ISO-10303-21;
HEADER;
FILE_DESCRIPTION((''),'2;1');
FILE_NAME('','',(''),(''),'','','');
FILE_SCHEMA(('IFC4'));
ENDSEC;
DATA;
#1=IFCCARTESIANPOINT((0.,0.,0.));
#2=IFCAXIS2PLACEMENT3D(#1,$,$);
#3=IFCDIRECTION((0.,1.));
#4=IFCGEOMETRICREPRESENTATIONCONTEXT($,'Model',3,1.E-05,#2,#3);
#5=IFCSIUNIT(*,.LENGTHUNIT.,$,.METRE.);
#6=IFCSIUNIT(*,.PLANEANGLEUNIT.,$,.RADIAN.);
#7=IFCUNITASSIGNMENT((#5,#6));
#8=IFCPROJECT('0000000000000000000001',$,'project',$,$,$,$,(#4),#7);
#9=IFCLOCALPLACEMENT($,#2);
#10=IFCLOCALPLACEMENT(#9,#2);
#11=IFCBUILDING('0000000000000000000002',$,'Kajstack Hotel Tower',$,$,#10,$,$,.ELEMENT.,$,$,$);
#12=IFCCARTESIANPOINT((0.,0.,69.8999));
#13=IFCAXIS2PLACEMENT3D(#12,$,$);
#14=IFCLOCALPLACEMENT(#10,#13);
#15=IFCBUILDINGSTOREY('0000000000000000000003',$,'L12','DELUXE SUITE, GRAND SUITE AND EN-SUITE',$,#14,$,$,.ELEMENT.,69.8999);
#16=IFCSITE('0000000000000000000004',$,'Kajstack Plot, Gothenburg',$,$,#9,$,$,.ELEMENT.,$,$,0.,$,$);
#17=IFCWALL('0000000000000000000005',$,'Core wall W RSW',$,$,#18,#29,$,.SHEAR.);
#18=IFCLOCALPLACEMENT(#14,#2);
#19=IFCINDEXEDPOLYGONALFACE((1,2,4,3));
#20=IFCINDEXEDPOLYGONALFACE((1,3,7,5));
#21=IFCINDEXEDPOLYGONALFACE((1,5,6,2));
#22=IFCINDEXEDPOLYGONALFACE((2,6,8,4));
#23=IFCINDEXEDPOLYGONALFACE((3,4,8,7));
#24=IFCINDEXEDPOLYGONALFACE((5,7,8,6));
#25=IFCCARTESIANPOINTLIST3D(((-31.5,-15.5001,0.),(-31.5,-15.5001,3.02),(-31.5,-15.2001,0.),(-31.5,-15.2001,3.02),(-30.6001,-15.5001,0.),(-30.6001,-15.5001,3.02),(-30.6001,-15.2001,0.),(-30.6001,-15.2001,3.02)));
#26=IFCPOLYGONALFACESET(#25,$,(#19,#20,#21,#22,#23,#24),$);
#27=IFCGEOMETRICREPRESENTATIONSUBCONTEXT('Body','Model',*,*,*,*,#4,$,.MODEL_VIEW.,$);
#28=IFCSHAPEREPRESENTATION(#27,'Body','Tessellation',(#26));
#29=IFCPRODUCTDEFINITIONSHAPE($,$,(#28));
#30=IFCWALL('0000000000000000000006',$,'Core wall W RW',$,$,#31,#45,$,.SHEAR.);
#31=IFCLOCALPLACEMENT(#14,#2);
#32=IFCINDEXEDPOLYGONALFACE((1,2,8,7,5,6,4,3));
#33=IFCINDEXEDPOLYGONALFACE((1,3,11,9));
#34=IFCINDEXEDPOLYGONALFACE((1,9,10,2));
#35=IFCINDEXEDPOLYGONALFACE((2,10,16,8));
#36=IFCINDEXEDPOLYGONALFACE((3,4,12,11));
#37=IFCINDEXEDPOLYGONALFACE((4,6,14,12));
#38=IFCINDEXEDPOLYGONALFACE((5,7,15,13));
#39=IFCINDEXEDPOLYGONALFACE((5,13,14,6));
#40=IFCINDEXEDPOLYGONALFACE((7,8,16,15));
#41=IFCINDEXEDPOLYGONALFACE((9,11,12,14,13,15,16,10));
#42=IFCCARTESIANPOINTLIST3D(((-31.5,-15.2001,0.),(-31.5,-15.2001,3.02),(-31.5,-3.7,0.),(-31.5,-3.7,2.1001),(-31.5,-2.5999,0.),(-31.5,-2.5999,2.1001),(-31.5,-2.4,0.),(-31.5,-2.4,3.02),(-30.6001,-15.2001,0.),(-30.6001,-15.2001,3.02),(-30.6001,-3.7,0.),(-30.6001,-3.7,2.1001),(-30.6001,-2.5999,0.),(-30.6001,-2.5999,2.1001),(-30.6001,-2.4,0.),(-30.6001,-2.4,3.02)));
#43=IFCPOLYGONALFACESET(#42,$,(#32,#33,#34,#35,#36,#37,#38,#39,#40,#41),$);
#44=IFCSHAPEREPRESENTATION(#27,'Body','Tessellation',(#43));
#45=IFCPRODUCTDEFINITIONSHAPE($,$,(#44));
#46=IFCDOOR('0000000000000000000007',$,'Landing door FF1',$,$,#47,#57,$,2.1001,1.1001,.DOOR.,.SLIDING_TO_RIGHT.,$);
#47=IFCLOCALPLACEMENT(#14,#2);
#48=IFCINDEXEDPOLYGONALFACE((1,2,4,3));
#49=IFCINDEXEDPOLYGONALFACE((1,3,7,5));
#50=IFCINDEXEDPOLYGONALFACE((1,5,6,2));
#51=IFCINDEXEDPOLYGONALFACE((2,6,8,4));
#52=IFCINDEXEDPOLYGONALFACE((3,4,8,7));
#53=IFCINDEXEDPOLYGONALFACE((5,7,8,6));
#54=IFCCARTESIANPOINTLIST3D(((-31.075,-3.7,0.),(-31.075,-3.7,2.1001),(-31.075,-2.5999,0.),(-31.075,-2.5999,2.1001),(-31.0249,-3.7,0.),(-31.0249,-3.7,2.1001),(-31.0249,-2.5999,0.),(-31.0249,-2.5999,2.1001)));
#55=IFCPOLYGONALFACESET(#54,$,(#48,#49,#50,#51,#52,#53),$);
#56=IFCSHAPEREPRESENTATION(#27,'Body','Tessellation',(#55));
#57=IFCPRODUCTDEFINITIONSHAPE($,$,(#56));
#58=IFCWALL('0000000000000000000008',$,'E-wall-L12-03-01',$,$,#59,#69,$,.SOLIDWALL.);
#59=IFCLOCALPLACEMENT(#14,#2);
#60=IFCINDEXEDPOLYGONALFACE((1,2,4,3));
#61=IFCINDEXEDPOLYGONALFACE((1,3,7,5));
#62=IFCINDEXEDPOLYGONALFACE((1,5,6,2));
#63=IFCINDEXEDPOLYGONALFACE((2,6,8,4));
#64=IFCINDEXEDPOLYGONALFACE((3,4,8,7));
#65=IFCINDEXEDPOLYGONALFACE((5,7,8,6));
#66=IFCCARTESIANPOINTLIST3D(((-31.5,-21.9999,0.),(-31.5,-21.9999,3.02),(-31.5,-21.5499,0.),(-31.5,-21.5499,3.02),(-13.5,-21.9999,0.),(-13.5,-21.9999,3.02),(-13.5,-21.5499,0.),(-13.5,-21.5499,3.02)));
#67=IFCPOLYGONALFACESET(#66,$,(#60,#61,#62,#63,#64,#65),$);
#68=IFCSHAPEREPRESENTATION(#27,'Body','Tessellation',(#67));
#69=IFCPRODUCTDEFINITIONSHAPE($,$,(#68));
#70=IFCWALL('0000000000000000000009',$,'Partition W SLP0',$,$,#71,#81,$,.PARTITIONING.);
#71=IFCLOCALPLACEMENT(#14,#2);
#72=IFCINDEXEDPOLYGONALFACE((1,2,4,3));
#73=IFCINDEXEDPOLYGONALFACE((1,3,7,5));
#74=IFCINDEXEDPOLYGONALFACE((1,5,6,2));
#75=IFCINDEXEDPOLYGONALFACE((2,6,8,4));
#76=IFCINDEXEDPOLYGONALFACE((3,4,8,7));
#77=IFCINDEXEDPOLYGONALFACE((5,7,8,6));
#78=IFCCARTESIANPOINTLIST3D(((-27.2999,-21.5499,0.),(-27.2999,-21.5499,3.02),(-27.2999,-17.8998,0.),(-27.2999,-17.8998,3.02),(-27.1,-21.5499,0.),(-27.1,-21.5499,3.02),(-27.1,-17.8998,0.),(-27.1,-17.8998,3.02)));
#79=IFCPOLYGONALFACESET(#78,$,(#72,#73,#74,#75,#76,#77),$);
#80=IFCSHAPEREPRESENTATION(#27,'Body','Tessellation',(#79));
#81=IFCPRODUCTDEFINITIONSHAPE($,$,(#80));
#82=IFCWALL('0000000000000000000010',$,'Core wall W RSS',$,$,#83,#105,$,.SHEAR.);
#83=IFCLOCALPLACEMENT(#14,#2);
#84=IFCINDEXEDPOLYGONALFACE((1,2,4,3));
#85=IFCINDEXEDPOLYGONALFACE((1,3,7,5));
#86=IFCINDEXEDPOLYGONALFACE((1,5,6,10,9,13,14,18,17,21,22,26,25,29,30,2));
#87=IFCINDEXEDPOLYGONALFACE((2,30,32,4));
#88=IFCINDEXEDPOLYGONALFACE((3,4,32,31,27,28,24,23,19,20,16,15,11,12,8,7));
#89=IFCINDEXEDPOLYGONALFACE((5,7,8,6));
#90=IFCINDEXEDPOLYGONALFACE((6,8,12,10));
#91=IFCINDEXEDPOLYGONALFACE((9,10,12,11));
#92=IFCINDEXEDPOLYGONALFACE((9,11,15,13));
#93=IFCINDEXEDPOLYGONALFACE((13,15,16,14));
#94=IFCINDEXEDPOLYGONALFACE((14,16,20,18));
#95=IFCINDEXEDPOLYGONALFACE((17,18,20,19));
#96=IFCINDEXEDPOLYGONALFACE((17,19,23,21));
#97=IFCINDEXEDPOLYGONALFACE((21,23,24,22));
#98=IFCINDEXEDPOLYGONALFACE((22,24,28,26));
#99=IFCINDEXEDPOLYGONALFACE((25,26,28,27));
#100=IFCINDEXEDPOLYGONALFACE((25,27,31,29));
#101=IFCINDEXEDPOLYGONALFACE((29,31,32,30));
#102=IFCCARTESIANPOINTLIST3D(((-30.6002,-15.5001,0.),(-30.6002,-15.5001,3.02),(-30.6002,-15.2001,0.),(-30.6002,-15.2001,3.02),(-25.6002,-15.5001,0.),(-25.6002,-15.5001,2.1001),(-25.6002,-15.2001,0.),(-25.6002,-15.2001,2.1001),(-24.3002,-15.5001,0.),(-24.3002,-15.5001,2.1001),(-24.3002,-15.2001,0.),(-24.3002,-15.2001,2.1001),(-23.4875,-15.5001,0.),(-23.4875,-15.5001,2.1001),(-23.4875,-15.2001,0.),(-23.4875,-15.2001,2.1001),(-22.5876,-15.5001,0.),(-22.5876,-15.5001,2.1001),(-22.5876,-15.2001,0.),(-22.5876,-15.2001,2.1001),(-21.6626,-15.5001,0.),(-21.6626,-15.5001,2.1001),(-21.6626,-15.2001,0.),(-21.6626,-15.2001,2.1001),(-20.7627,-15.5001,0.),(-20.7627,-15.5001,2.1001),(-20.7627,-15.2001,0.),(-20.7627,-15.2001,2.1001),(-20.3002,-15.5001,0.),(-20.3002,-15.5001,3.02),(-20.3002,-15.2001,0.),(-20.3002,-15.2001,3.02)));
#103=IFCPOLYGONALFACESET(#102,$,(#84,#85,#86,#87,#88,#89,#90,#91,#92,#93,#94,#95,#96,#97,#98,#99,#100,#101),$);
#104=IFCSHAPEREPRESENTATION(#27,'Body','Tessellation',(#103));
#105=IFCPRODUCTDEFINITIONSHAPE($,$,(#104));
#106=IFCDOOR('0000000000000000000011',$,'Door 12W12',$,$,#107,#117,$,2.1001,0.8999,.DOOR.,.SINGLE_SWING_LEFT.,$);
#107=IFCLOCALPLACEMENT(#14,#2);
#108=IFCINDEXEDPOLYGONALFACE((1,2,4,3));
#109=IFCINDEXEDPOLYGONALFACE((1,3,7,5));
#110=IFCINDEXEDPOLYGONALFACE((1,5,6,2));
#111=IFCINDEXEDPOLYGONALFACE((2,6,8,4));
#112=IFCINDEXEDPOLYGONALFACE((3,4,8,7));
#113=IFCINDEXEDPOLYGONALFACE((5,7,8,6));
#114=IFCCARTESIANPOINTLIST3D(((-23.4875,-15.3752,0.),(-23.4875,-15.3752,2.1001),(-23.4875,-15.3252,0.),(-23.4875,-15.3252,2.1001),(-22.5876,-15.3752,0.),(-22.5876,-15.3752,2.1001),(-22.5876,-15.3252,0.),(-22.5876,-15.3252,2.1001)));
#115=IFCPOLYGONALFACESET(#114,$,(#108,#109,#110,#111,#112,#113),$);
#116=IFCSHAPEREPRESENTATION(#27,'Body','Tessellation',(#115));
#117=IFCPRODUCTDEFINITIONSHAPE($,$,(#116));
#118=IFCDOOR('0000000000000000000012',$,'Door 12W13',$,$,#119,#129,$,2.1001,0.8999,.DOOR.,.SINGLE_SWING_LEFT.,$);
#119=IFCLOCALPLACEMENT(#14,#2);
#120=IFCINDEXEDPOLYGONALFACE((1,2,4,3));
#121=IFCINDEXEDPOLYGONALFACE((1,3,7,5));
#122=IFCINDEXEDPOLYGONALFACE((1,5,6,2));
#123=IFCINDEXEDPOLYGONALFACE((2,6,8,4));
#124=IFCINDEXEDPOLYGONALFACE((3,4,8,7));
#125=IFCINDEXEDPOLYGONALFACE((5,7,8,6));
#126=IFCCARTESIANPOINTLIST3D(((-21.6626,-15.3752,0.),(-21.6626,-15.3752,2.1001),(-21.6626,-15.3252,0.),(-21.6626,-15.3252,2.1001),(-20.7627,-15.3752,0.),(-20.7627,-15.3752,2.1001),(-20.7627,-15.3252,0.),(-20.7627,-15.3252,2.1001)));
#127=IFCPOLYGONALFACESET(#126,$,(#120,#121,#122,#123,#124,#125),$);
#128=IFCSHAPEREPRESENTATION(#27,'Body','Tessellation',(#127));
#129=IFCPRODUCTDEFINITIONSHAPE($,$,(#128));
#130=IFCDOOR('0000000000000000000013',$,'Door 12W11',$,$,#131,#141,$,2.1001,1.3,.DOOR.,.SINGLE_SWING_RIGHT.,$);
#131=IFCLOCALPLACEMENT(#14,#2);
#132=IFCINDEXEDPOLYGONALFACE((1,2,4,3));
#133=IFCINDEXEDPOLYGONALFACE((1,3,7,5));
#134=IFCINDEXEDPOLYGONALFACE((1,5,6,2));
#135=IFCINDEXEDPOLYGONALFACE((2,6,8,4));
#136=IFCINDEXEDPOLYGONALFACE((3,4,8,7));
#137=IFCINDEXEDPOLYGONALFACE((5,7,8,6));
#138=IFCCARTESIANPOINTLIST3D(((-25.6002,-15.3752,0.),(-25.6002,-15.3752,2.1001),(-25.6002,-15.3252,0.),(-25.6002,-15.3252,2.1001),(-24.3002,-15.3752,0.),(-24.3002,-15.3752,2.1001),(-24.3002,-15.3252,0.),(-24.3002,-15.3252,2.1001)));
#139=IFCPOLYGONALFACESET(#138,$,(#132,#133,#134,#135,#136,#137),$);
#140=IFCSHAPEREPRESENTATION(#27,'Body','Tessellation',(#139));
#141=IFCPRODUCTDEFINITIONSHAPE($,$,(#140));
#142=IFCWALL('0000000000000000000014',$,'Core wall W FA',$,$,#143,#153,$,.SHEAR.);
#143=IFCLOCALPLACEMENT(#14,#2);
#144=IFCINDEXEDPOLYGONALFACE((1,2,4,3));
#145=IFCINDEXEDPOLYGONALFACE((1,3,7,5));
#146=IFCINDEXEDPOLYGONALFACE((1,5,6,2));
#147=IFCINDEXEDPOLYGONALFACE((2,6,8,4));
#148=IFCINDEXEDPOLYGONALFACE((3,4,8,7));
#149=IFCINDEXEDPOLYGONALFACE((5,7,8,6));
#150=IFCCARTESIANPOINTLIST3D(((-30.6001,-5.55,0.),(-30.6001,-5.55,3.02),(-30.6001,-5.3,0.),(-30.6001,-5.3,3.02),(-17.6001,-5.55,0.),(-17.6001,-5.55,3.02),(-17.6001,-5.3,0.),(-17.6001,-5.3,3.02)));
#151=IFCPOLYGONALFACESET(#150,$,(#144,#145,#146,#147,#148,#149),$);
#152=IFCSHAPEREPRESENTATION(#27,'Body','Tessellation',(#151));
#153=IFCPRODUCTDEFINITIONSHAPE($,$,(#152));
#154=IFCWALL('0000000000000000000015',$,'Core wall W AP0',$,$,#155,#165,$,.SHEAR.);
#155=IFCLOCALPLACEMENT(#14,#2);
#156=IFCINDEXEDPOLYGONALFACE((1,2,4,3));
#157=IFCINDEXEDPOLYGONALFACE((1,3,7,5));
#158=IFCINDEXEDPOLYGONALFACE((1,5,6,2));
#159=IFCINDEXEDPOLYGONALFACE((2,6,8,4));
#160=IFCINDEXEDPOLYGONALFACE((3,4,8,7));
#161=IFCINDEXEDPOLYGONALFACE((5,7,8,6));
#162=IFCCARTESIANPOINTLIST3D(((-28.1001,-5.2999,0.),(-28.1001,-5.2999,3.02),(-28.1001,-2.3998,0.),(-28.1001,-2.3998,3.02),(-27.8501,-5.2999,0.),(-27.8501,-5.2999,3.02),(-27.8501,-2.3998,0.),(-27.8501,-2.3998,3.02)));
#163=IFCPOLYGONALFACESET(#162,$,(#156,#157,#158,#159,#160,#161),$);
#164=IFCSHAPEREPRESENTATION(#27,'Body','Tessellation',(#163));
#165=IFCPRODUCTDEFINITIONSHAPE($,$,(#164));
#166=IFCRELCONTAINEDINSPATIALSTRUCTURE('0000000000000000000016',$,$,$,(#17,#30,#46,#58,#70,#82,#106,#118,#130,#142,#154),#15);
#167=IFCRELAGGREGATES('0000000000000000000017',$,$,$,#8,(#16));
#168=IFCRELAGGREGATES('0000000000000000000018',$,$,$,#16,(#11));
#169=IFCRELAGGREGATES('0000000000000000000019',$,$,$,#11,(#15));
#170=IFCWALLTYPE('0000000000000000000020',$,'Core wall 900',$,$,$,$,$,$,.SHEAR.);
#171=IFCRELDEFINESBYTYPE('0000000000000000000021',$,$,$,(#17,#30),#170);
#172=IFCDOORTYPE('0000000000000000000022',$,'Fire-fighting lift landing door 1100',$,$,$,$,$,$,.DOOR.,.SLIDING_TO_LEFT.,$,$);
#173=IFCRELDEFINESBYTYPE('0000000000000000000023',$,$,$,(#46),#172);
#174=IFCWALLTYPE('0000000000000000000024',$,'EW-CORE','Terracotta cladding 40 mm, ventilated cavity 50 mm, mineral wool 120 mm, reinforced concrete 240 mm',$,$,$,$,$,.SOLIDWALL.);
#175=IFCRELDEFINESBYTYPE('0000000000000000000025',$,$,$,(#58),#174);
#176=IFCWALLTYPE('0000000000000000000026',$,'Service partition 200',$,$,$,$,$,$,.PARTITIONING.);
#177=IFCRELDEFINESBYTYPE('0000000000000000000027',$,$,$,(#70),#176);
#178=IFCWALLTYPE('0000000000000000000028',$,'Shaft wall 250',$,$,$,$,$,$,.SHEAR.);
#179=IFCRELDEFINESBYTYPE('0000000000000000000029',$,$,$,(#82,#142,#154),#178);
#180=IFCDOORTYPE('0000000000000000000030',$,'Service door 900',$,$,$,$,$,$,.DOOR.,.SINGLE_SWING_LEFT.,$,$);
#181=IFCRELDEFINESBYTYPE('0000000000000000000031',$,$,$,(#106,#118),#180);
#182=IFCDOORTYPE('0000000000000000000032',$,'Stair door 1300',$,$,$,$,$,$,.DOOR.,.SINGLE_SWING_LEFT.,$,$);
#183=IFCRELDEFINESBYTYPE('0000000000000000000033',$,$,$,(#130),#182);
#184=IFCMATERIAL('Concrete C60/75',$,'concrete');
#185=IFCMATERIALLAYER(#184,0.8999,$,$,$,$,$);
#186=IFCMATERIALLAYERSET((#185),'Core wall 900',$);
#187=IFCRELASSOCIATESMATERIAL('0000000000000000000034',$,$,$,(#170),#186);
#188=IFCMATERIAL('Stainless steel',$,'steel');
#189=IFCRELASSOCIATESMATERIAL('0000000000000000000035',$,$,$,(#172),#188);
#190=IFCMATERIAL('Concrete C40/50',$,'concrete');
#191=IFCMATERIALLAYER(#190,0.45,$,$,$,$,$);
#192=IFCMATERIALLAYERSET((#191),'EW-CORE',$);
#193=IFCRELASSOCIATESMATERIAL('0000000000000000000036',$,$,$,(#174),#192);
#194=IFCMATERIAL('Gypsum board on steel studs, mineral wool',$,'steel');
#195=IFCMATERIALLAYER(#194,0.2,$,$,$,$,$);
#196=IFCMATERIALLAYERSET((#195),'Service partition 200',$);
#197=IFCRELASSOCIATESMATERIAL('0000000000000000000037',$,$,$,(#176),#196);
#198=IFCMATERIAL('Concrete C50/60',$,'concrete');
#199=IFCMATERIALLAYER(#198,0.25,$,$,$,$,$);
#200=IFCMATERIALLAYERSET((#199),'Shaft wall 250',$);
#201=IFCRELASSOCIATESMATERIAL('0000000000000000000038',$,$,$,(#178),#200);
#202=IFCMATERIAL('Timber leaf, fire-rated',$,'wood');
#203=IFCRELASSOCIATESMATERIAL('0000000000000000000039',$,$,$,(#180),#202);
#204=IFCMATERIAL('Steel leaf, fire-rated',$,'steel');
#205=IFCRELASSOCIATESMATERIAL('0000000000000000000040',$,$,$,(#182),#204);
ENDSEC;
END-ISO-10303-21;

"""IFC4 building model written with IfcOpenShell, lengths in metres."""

from ifc_helpers import new_model, si_unit, direction, frame, frame_2d, origin, place, context, subcontext, project, spatial, rectangle, extrude, material, layer, layer_set, type_object, element, fill, save


model = new_model("IFC4")

# Units and contexts
model_context = context("Model", 3, precision=1e-05, world=origin(), true_north=direction((0.0, 1.0)))
body_context = subcontext(model_context, "Body", "Model", "MODEL_VIEW")
ifc_project = project(units=[si_unit("LENGTHUNIT", "METRE"), si_unit("PLANEANGLEUNIT", "RADIAN")], contexts=[model_context])

# Site, building, storey
site_placement = place(None, origin())
site = spatial("IfcSite", under=ifc_project, at=site_placement, Name="Kajstack Plot, Gothenburg", CompositionType="ELEMENT", RefElevation=0.0)
building_placement = place(site_placement, origin())
building = spatial("IfcBuilding", under=site, at=building_placement, Name="Kajstack Hotel Tower", CompositionType="ELEMENT")
storey_placement = place(building_placement, frame((0.0, 0.0, 69.8999)))
storey = spatial("IfcBuildingStorey", under=building, at=storey_placement, Name="L12", Description="DELUXE SUITE, GRAND SUITE AND EN-SUITE", CompositionType="ELEMENT", Elevation=69.8999)

# Wall
ifc_material_1 = material(Name="Concrete C60/75", Category="concrete")
ifc_layer_1 = layer(ifc_material_1, 0.8999)
ifc_layer_set_1 = layer_set([ifc_layer_1], Name="Core wall 900")
wall_type_1 = type_object("IfcWallType", Name="Core wall 900", PredefinedType="SHEAR", material=ifc_layer_set_1)
wall_1_placement = place(storey_placement, frame((-31.5, -15.3501, 0.0), z_axis=(0.0, 0.0, 1.0), x_axis=(1.0, 0.0, 0.0)))
element("IfcWall", 1, at=wall_1_placement, inside=storey, type_object=wall_type_1, Name="Core wall W RSW", PredefinedType="SHEAR", context=body_context, shape_type="SweptSolid", body=[
    extrude(rectangle(XDim=0.8999, YDim=0.3, at=frame_2d((0.45, 0.0))), origin(), (0.0, 0.0, 1.0), 3.02),
])

# Wall, opening, door
wall_2_placement = place(storey_placement, frame((-31.05, -15.2, 0.0), z_axis=(0.0, 0.0, 1.0), x_axis=(0.0, 1.0, 0.0)))
wall_2 = element("IfcWall", 2, at=wall_2_placement, inside=storey, type_object=wall_type_1, Name="Core wall W RW", PredefinedType="SHEAR", context=body_context, shape_type="SweptSolid", body=[
    extrude(rectangle(XDim=12.8, YDim=0.8999, at=frame_2d((6.3999, 0.0))), origin(), (0.0, 0.0, 1.0), 3.02),
])
opening_1_placement = place(wall_2_placement, frame((11.5, 0.0, 0.0)))
opening_1 = element("IfcOpeningElement", 3, at=opening_1_placement, cuts=wall_2, PredefinedType="OPENING", context=body_context, shape_type="SweptSolid", body=[
    extrude(rectangle(XDim=1.1001, YDim=2.1001, at=frame_2d((0.55, 1.05))), frame((0.0, 0.46, 0.0), z_axis=(0.0, -1.0, 0.0), x_axis=(1.0, 0.0, 0.0)), (0.0, 0.0, 1.0), 0.9199),
])
ifc_material_2 = material(Name="Stainless steel", Category="steel")
door_type_1 = type_object("IfcDoorType", Name="Fire-fighting lift landing door 1100", OperationType="SLIDING_TO_LEFT", PredefinedType="DOOR", material=ifc_material_2)
door_1_placement = place(opening_1_placement, origin())
door_1 = element("IfcDoor", 4, at=door_1_placement, inside=storey, type_object=door_type_1, Name="Landing door FF1", OperationType="SLIDING_TO_RIGHT", OverallHeight=2.1001, OverallWidth=1.1001, PredefinedType="DOOR", context=body_context, shape_type="SweptSolid", body=[
    extrude(rectangle(XDim=1.1001, YDim=2.1001, at=frame_2d((0.55, 1.05))), frame((0.0, 0.0249, 0.0), z_axis=(0.0, -1.0, 0.0), x_axis=(1.0, 0.0, 0.0)), (0.0, 0.0, 1.0), 0.05),
])
fill(opening_1, door_1)

# Walls
ifc_material_3 = material(Name="Concrete C40/50", Category="concrete")
ifc_layer_2 = layer(ifc_material_3, 0.45)
ifc_layer_set_2 = layer_set([ifc_layer_2], Name="EW-CORE")
wall_type_2 = type_object("IfcWallType", Name="EW-CORE", Description="Terracotta cladding 40 mm, ventilated cavity 50 mm, mineral wool 120 mm, reinforced concrete 240 mm", PredefinedType="SOLIDWALL", material=ifc_layer_set_2)
wall_3_placement = place(storey_placement, frame((-31.5, -21.7749, 0.0), z_axis=(0.0, 0.0, 1.0), x_axis=(1.0, 0.0, 0.0)))
element("IfcWall", 5, at=wall_3_placement, inside=storey, type_object=wall_type_2, Name="E-wall-L12-03-01", PredefinedType="SOLIDWALL", context=body_context, shape_type="SweptSolid", body=[
    extrude(rectangle(XDim=18.0, YDim=0.45, at=frame_2d((9.0, 0.0))), origin(), (0.0, 0.0, 1.0), 3.02),
])
ifc_material_4 = material(Name="Gypsum board on steel studs, mineral wool", Category="steel")
ifc_layer_3 = layer(ifc_material_4, 0.2)
ifc_layer_set_3 = layer_set([ifc_layer_3], Name="Service partition 200")
wall_type_3 = type_object("IfcWallType", Name="Service partition 200", PredefinedType="PARTITIONING", material=ifc_layer_set_3)
wall_4_placement = place(storey_placement, frame((-27.2, -21.55, 0.0), z_axis=(0.0, 0.0, 1.0), x_axis=(0.0, 1.0, 0.0)))
element("IfcWall", 6, at=wall_4_placement, inside=storey, type_object=wall_type_3, Name="Partition W SLP0", PredefinedType="PARTITIONING", context=body_context, shape_type="SweptSolid", body=[
    extrude(rectangle(XDim=3.6501, YDim=0.2, at=frame_2d((1.8252, 0.0))), origin(), (0.0, 0.0, 1.0), 3.02),
])

# Wall, openings, doors
ifc_material_5 = material(Name="Concrete C50/60", Category="concrete")
ifc_layer_4 = layer(ifc_material_5, 0.25)
ifc_layer_set_4 = layer_set([ifc_layer_4], Name="Shaft wall 250")
wall_type_4 = type_object("IfcWallType", Name="Shaft wall 250", PredefinedType="SHEAR", material=ifc_layer_set_4)
wall_5_placement = place(storey_placement, frame((-30.6001, -15.3501, 0.0), z_axis=(0.0, 0.0, 1.0), x_axis=(1.0, 0.0, 0.0)))
wall_5 = element("IfcWall", 7, at=wall_5_placement, inside=storey, type_object=wall_type_4, Name="Core wall W RSS", PredefinedType="SHEAR", context=body_context, shape_type="SweptSolid", body=[
    extrude(rectangle(XDim=10.3, YDim=0.3, at=frame_2d((5.1499, 0.0))), origin(), (0.0, 0.0, 1.0), 3.02),
])
opening_2_placement = place(wall_5_placement, frame((5.0, 0.0, 0.0)))
opening_2 = element("IfcOpeningElement", 8, at=opening_2_placement, cuts=wall_5, PredefinedType="OPENING", context=body_context, shape_type="SweptSolid", body=[
    extrude(rectangle(XDim=1.3, YDim=2.1001, at=frame_2d((0.6499, 1.05))), frame((0.0, 0.1599, 0.0), z_axis=(0.0, -1.0, 0.0), x_axis=(1.0, 0.0, 0.0)), (0.0, 0.0, 1.0), 0.3201),
])
opening_3_placement = place(wall_5_placement, frame((7.1125, 0.0, 0.0)))
opening_3 = element("IfcOpeningElement", 9, at=opening_3_placement, cuts=wall_5, PredefinedType="OPENING", context=body_context, shape_type="SweptSolid", body=[
    extrude(rectangle(XDim=0.8999, YDim=2.1001, at=frame_2d((0.45, 1.05))), frame((0.0, 0.1599, 0.0), z_axis=(0.0, -1.0, 0.0), x_axis=(1.0, 0.0, 0.0)), (0.0, 0.0, 1.0), 0.3201),
])
opening_4_placement = place(wall_5_placement, frame((8.9375, 0.0, 0.0)))
opening_4 = element("IfcOpeningElement", 10, at=opening_4_placement, cuts=wall_5, PredefinedType="OPENING", context=body_context, shape_type="SweptSolid", body=[
    extrude(rectangle(XDim=0.8999, YDim=2.1001, at=frame_2d((0.45, 1.05))), frame((0.0, 0.1599, 0.0), z_axis=(0.0, -1.0, 0.0), x_axis=(1.0, 0.0, 0.0)), (0.0, 0.0, 1.0), 0.3201),
])
ifc_material_6 = material(Name="Timber leaf, fire-rated", Category="wood")
door_type_2 = type_object("IfcDoorType", Name="Service door 900", OperationType="SINGLE_SWING_LEFT", PredefinedType="DOOR", material=ifc_material_6)
door_2_placement = place(opening_3_placement, origin())
door_2 = element("IfcDoor", 11, at=door_2_placement, inside=storey, type_object=door_type_2, Name="Door 12W12", OperationType="SINGLE_SWING_LEFT", OverallHeight=2.1001, OverallWidth=0.8999, PredefinedType="DOOR", context=body_context, shape_type="SweptSolid", body=[
    extrude(rectangle(XDim=0.8999, YDim=2.1001, at=frame_2d((0.45, 1.05))), frame((0.0, 0.0249, 0.0), z_axis=(0.0, -1.0, 0.0), x_axis=(1.0, 0.0, 0.0)), (0.0, 0.0, 1.0), 0.05),
])
fill(opening_3, door_2)
door_3_placement = place(opening_4_placement, origin())
door_3 = element("IfcDoor", 12, at=door_3_placement, inside=storey, type_object=door_type_2, Name="Door 12W13", OperationType="SINGLE_SWING_LEFT", OverallHeight=2.1001, OverallWidth=0.8999, PredefinedType="DOOR", context=body_context, shape_type="SweptSolid", body=[
    extrude(rectangle(XDim=0.8999, YDim=2.1001, at=frame_2d((0.45, 1.05))), frame((0.0, 0.0249, 0.0), z_axis=(0.0, -1.0, 0.0), x_axis=(1.0, 0.0, 0.0)), (0.0, 0.0, 1.0), 0.05),
])
fill(opening_4, door_3)
ifc_material_7 = material(Name="Steel leaf, fire-rated", Category="steel")
door_type_3 = type_object("IfcDoorType", Name="Stair door 1300", OperationType="SINGLE_SWING_LEFT", PredefinedType="DOOR", material=ifc_material_7)
door_4_placement = place(opening_2_placement, origin())
door_4 = element("IfcDoor", 13, at=door_4_placement, inside=storey, type_object=door_type_3, Name="Door 12W11", OperationType="SINGLE_SWING_RIGHT", OverallHeight=2.1001, OverallWidth=1.3, PredefinedType="DOOR", context=body_context, shape_type="SweptSolid", body=[
    extrude(rectangle(XDim=1.3, YDim=2.1001, at=frame_2d((0.6499, 1.05))), frame((0.0, 0.0249, 0.0), z_axis=(0.0, -1.0, 0.0), x_axis=(1.0, 0.0, 0.0)), (0.0, 0.0, 1.0), 0.05),
])
fill(opening_2, door_4)

# Walls
wall_6_placement = place(storey_placement, frame((-30.6001, -5.425, 0.0), z_axis=(0.0, 0.0, 1.0), x_axis=(1.0, 0.0, 0.0)))
element("IfcWall", 14, at=wall_6_placement, inside=storey, type_object=wall_type_4, Name="Core wall W FA", PredefinedType="SHEAR", context=body_context, shape_type="SweptSolid", body=[
    extrude(rectangle(XDim=13.0, YDim=0.25, at=frame_2d((6.5, 0.0))), origin(), (0.0, 0.0, 1.0), 3.02),
])
wall_7_placement = place(storey_placement, frame((-27.9751, -5.3, 0.0), z_axis=(0.0, 0.0, 1.0), x_axis=(0.0, 1.0, 0.0)))
element("IfcWall", 15, at=wall_7_placement, inside=storey, type_object=wall_type_4, Name="Core wall W AP0", PredefinedType="SHEAR", context=body_context, shape_type="SweptSolid", body=[
    extrude(rectangle(XDim=2.9001, YDim=0.25, at=frame_2d((1.4502, 0.0))), origin(), (0.0, 0.0, 1.0), 3.02),
])

save(model, "model.ifc")
